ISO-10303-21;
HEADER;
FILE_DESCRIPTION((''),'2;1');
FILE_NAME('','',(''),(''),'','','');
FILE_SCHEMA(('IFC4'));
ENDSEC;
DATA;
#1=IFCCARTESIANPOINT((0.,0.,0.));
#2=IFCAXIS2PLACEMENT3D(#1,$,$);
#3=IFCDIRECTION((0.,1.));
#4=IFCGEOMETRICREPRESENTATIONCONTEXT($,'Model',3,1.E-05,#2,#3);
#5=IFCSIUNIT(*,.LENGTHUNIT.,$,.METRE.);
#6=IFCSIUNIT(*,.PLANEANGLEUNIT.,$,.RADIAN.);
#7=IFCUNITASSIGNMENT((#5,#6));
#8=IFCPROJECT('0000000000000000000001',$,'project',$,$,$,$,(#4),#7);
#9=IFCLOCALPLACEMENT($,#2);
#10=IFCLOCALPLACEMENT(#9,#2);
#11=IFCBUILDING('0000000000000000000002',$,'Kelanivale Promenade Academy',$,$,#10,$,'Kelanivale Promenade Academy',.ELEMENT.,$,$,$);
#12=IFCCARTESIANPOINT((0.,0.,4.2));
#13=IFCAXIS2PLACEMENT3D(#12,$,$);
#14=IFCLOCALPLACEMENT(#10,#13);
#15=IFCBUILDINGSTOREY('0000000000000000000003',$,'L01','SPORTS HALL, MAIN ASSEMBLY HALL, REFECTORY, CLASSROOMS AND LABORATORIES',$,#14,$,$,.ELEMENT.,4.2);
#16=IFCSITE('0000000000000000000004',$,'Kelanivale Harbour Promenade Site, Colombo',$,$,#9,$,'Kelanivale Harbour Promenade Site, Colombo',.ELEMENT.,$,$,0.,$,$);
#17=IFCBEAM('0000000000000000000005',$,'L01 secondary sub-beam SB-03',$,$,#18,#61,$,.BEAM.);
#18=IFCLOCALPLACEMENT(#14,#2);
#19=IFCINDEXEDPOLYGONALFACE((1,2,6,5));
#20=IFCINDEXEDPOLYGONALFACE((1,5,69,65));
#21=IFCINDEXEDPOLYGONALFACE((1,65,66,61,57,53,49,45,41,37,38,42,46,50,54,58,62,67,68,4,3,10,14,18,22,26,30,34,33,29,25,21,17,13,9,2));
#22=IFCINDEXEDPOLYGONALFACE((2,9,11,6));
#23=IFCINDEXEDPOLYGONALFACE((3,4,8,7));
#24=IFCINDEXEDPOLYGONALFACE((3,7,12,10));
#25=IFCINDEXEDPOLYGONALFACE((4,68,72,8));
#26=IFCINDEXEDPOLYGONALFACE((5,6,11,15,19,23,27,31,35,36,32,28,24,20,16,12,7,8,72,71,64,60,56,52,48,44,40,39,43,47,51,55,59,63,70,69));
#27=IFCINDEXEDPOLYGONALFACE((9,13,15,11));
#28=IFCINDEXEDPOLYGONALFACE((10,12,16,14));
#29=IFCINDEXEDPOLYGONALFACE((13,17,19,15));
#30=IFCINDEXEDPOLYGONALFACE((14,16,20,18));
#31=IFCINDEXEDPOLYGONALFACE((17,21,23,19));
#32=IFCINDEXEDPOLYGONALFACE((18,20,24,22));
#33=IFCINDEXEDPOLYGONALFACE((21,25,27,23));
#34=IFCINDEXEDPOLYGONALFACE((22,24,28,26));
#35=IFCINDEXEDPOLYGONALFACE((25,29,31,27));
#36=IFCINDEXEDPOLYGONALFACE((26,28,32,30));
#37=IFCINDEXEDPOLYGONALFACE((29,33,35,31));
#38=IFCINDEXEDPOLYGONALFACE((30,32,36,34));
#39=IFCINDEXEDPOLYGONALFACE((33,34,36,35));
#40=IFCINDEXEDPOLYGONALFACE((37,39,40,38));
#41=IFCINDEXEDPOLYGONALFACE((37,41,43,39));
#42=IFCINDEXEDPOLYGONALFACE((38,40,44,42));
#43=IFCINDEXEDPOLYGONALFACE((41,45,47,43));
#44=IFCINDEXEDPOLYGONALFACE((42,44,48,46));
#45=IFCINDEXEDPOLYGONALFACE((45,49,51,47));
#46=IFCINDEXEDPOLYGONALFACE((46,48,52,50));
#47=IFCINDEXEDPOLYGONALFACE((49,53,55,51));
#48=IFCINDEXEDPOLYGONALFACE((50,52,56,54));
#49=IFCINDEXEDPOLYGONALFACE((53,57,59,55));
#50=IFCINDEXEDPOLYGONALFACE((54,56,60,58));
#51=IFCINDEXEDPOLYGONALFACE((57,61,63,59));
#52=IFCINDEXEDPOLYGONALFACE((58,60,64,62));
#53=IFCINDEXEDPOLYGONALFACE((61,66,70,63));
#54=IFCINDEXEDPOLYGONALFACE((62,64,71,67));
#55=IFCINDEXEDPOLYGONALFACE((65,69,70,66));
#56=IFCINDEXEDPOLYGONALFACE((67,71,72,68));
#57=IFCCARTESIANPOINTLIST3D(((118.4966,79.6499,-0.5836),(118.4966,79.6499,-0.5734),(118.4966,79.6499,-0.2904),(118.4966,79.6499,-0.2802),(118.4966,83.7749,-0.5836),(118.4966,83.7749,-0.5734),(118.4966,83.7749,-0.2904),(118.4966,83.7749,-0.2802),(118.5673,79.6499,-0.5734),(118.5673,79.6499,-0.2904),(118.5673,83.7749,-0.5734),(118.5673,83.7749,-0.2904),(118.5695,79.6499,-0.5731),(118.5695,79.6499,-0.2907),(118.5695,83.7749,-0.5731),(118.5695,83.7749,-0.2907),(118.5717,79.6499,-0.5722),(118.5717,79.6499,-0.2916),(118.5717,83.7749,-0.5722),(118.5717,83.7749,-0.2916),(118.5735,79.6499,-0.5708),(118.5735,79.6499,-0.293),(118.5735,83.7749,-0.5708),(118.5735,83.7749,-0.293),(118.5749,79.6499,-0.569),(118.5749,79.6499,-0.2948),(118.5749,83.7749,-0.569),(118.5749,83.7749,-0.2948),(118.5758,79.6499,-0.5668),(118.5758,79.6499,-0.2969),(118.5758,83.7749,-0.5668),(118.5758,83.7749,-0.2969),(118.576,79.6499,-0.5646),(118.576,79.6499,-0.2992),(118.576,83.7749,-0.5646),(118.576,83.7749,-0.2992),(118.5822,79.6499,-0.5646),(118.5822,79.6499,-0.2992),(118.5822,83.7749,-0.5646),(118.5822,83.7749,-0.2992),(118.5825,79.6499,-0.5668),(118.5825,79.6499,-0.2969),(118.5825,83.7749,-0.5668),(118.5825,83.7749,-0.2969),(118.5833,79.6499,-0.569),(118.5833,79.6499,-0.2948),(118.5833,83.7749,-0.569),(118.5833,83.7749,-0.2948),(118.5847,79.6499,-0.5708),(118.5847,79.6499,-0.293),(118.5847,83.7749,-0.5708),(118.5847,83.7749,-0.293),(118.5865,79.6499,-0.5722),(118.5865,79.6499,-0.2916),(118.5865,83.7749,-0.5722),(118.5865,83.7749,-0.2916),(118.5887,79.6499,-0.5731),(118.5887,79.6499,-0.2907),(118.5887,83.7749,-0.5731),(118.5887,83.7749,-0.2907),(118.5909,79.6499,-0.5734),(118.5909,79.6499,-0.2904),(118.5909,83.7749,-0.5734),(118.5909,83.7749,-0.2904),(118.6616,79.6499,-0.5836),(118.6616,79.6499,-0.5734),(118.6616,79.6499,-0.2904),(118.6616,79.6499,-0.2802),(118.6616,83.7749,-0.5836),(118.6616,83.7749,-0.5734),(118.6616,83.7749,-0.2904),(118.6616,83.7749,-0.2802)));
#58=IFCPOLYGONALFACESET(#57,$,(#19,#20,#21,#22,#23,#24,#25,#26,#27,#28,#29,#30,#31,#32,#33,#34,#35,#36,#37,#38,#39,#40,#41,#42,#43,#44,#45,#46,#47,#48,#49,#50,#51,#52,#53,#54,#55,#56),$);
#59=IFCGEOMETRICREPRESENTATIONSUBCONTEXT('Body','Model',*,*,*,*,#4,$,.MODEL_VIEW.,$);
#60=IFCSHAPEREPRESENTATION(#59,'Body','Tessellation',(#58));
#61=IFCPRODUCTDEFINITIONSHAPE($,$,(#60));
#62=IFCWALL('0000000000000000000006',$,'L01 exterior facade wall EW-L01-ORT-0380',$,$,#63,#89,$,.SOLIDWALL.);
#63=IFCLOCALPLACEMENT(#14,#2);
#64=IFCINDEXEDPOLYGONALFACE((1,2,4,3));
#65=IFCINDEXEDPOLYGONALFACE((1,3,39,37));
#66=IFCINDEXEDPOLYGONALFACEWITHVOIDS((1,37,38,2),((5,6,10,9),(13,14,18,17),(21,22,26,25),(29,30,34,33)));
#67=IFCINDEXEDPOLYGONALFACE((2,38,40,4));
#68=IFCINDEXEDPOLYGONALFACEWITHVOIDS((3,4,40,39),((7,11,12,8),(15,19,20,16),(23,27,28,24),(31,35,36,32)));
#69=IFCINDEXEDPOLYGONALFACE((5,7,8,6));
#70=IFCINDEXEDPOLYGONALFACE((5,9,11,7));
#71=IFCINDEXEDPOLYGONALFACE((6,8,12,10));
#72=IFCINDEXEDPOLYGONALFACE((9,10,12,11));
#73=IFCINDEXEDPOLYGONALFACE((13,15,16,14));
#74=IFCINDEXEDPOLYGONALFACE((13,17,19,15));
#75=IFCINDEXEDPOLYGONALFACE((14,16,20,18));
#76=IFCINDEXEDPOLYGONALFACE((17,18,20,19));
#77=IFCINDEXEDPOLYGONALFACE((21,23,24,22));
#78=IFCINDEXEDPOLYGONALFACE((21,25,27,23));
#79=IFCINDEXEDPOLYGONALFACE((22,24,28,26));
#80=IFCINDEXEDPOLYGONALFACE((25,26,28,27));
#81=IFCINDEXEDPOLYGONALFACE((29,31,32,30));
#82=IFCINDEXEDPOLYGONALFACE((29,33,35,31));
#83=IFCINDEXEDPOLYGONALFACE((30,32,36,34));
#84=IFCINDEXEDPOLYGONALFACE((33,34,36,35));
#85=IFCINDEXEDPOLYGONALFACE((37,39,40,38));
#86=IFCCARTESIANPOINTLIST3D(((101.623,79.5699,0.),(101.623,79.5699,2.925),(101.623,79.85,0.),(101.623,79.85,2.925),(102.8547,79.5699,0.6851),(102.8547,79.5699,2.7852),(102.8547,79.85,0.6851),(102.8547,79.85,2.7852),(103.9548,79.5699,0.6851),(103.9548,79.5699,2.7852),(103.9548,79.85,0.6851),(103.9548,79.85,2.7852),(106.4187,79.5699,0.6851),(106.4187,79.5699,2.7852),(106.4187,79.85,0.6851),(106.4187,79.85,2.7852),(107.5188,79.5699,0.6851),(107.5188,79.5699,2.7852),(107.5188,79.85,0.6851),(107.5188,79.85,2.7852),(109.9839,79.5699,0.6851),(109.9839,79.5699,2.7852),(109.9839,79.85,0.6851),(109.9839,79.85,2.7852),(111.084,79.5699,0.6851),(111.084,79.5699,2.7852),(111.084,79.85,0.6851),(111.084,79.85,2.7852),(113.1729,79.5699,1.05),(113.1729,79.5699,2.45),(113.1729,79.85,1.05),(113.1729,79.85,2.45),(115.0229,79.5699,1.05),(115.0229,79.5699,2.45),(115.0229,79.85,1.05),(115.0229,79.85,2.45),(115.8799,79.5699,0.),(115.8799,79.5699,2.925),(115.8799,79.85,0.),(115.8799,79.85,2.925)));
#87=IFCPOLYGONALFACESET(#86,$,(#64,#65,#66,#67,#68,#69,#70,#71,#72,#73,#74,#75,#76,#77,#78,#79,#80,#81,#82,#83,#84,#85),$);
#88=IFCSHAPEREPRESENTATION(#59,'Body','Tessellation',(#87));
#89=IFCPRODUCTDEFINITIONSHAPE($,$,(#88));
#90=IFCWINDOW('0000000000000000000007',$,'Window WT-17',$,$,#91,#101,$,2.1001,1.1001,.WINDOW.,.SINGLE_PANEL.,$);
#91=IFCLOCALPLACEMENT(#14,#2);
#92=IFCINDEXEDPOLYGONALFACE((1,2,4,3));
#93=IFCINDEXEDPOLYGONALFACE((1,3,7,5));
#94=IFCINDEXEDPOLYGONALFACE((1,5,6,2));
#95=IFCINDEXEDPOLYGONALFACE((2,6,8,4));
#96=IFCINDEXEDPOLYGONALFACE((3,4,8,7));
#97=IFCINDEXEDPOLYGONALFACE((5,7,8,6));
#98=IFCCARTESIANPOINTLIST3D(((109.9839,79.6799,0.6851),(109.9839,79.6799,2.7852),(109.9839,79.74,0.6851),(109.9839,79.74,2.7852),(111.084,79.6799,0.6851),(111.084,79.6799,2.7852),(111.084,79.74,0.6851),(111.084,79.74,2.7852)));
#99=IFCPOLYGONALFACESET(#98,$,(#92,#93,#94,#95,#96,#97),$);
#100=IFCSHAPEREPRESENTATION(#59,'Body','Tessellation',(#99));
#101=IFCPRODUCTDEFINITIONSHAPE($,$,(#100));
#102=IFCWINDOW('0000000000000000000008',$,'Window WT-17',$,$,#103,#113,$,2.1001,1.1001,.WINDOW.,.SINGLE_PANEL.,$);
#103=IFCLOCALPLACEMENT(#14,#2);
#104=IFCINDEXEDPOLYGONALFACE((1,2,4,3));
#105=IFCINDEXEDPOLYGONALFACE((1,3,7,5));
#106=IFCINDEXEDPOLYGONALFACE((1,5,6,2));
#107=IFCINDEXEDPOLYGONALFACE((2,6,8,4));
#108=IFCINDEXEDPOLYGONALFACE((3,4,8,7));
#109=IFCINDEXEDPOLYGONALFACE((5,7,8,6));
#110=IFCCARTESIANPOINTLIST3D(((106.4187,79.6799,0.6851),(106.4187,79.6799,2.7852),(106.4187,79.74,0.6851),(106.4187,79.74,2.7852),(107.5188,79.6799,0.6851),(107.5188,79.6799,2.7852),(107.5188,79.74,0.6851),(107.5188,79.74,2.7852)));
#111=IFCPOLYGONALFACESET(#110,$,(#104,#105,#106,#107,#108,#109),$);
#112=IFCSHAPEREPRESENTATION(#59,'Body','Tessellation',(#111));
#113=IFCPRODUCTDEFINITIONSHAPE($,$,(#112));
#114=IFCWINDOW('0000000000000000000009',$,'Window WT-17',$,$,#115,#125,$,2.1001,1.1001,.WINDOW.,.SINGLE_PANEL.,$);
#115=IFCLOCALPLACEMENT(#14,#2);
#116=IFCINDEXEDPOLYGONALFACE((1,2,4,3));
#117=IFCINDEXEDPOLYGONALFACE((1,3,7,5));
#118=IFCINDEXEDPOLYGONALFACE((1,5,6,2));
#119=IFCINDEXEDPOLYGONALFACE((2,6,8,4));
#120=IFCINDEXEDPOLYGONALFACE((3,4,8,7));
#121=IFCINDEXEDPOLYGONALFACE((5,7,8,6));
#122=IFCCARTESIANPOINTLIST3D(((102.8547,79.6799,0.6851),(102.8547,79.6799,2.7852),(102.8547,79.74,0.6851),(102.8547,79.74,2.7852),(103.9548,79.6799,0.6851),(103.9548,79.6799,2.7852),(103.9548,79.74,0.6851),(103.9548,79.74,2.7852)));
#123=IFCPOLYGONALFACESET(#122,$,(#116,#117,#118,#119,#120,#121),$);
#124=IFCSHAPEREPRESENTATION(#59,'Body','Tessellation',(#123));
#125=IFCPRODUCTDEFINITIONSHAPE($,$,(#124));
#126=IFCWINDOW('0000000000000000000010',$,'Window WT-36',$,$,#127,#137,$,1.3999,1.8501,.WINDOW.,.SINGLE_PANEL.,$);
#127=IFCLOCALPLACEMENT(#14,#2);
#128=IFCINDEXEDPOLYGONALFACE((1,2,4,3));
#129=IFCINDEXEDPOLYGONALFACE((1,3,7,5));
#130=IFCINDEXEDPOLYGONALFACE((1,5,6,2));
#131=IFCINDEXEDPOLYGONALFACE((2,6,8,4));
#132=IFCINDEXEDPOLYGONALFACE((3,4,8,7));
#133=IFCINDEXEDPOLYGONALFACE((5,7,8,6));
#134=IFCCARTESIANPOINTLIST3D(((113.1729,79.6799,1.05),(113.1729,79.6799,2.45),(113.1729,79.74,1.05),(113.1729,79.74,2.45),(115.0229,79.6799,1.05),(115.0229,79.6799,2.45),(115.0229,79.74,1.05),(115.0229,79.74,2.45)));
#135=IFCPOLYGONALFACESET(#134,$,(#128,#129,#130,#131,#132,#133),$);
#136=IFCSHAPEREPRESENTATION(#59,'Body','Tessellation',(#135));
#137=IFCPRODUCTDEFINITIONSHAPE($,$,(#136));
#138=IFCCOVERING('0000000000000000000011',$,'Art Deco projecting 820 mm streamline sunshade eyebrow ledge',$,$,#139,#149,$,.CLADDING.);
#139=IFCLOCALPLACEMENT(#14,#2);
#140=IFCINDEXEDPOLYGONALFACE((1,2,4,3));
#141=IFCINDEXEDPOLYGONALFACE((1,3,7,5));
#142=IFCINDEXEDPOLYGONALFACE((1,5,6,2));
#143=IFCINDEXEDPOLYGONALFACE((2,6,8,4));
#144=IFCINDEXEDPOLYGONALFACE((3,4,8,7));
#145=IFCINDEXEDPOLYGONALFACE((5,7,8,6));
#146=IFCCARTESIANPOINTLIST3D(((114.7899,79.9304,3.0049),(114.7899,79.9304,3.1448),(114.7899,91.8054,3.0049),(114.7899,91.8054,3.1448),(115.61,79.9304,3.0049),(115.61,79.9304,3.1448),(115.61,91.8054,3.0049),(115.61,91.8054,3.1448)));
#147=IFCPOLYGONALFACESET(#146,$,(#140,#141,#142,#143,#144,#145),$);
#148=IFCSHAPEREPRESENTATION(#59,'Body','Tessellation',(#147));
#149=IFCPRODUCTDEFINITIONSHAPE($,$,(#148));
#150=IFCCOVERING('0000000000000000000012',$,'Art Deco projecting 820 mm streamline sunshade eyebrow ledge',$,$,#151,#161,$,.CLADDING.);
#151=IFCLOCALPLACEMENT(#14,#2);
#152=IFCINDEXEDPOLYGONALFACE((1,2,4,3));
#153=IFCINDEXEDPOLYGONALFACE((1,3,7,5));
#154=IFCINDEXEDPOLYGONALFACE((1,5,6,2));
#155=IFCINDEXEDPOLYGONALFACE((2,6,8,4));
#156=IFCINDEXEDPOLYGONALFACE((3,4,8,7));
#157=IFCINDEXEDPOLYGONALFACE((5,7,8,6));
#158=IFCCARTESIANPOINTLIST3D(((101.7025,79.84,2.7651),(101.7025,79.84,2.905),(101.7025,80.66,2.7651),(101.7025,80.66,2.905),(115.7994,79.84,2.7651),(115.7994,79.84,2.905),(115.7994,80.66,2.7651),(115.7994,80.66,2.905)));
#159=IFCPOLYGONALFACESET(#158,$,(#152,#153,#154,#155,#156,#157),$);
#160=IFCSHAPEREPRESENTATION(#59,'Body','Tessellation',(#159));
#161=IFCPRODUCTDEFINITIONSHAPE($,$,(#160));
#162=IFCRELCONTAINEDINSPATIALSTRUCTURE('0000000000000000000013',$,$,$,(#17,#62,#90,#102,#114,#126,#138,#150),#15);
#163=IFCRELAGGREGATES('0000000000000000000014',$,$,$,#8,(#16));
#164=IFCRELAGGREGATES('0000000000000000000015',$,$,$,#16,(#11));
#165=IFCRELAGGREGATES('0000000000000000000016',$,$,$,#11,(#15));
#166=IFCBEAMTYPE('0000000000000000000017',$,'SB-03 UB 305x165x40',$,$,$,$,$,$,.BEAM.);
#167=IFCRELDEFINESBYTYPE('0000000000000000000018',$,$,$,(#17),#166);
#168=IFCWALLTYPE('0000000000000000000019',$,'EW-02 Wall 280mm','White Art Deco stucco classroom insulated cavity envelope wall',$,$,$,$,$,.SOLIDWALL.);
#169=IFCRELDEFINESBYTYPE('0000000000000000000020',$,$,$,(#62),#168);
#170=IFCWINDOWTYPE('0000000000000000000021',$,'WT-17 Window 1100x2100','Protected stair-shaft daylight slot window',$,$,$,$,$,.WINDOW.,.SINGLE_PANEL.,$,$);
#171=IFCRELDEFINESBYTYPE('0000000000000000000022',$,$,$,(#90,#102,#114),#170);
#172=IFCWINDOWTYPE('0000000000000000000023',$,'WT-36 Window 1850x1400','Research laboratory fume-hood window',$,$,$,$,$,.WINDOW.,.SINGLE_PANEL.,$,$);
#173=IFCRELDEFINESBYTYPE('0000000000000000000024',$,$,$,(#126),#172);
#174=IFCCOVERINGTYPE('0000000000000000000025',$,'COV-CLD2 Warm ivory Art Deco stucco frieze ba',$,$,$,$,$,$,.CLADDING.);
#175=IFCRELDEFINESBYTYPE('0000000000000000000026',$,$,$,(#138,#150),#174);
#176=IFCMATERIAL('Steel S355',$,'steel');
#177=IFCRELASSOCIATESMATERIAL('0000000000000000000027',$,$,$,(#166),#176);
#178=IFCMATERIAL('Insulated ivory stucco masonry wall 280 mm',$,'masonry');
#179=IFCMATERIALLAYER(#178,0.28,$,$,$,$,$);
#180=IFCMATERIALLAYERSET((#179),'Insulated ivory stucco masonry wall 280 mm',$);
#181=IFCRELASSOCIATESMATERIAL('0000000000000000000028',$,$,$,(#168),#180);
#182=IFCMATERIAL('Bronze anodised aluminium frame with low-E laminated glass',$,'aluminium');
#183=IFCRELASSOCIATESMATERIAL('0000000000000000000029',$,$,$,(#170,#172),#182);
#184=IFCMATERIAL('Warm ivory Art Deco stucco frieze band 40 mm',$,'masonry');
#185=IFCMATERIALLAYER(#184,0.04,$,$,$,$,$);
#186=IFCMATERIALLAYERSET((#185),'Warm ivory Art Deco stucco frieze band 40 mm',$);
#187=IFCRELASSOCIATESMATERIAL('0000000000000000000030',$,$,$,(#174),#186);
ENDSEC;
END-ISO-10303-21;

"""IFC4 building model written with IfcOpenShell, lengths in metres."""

from ifc_helpers import new_model, si_unit, direction, frame, frame_2d, origin, origin_2d, place, context, subcontext, project, spatial, rectangle, i_section, extrude, material, layer, layer_set, material_profile, profile_set, type_object, element, fill, save


model = new_model("IFC4")

# Units and contexts
model_context = context("Model", 3, precision=1e-05, world=origin(), true_north=direction((0.0, 1.0)))
body_context = subcontext(model_context, "Body", "Model", "MODEL_VIEW")
ifc_project = project(units=[si_unit("LENGTHUNIT", "METRE"), si_unit("PLANEANGLEUNIT", "RADIAN")], contexts=[model_context])

# Site, building, storey
site_placement = place(None, origin())
site = spatial("IfcSite", under=ifc_project, at=site_placement, Name="Kelanivale Harbour Promenade Site, Colombo", LongName="Kelanivale Harbour Promenade Site, Colombo", CompositionType="ELEMENT", RefElevation=0.0)
building_placement = place(site_placement, origin())
building = spatial("IfcBuilding", under=site, at=building_placement, Name="Kelanivale Promenade Academy", LongName="Kelanivale Promenade Academy", CompositionType="ELEMENT")
storey_placement = place(building_placement, frame((0.0, 0.0, 4.2)))
storey = spatial("IfcBuildingStorey", under=building, at=storey_placement, Name="L01", Description="SPORTS HALL, MAIN ASSEMBLY HALL, REFECTORY, CLASSROOMS AND LABORATORIES", CompositionType="ELEMENT", Elevation=4.2)

# Beam
ifc_material_1 = material(Name="Steel S355", Category="steel")
ifc_material_profile_1 = material_profile(ifc_material_1, i_section(OverallWidth=0.165, OverallDepth=0.3035, WebThickness=0.0061, FlangeThickness=0.0103, FilletRadius=0.0088, at=origin_2d()), Name="UB 305x165x40")
ifc_profile_set_1 = profile_set([ifc_material_profile_1], Name="Steel S355")
beam_type_1 = type_object("IfcBeamType", Name="SB-03 UB 305x165x40", PredefinedType="BEAM", material=ifc_profile_set_1)
beam_1_placement = place(storey_placement, frame((118.5791, 79.6499, -0.4319), z_axis=(0.0, 1.0, 0.0), x_axis=(-1.0, 0.0, 0.0)))
element("IfcBeam", 1, at=beam_1_placement, inside=storey, type_object=beam_type_1, Name="L01 secondary sub-beam SB-03", PredefinedType="BEAM", context=body_context, shape_type="SweptSolid", body=[
    extrude(i_section(OverallWidth=0.165, OverallDepth=0.3035, WebThickness=0.0061, FlangeThickness=0.0103, FilletRadius=0.0088, at=origin_2d()), origin(), (0.0, 0.0, 1.0), 4.125),
])

# Wall, openings, windows
ifc_material_2 = material(Name="Insulated ivory stucco masonry wall 280 mm", Category="masonry")
ifc_layer_1 = layer(ifc_material_2, 0.28)
ifc_layer_set_1 = layer_set([ifc_layer_1], Name="Insulated ivory stucco masonry wall 280 mm")
wall_type = type_object("IfcWallType", Name="EW-02 Wall 280mm", Description="White Art Deco stucco classroom insulated cavity envelope wall", PredefinedType="SOLIDWALL", material=ifc_layer_set_1)
wall_placement = place(storey_placement, frame((115.8799, 79.71, 0.0), z_axis=(0.0, 0.0, 1.0), x_axis=(-1.0, 0.0, 0.0)))
wall = element("IfcWall", 2, at=wall_placement, inside=storey, type_object=wall_type, Name="L01 exterior facade wall EW-L01-ORT-0380", PredefinedType="SOLIDWALL", context=body_context, shape_type="SweptSolid", body=[
    extrude(rectangle(XDim=14.2568, YDim=0.28, at=frame_2d((7.1284, 0.0))), origin(), (0.0, 0.0, 1.0), 2.925),
])
opening_1_placement = place(wall_placement, frame((0.8569, 0.0, 1.05)))
opening_1 = element("IfcOpeningElement", 3, at=opening_1_placement, cuts=wall, PredefinedType="OPENING", context=body_context, shape_type="SweptSolid", body=[
    extrude(rectangle(XDim=1.8501, YDim=1.3999, at=frame_2d((0.925, 0.7))), frame((0.0, 0.1499, 0.0), z_axis=(0.0, -1.0, 0.0), x_axis=(1.0, 0.0, 0.0)), (0.0, 0.0, 1.0), 0.3),
])
opening_2_placement = place(wall_placement, frame((4.7959, 0.0, 0.6851)))
opening_2 = element("IfcOpeningElement", 4, at=opening_2_placement, cuts=wall, PredefinedType="OPENING", context=body_context, shape_type="SweptSolid", body=[
    extrude(rectangle(XDim=1.1001, YDim=2.1001, at=frame_2d((0.55, 1.05))), frame((0.0, 0.1499, 0.0), z_axis=(0.0, -1.0, 0.0), x_axis=(1.0, 0.0, 0.0)), (0.0, 0.0, 1.0), 0.3),
])
opening_3_placement = place(wall_placement, frame((8.3611, 0.0, 0.6851)))
opening_3 = element("IfcOpeningElement", 5, at=opening_3_placement, cuts=wall, PredefinedType="OPENING", context=body_context, shape_type="SweptSolid", body=[
    extrude(rectangle(XDim=1.1001, YDim=2.1001, at=frame_2d((0.55, 1.05))), frame((0.0, 0.1499, 0.0), z_axis=(0.0, -1.0, 0.0), x_axis=(1.0, 0.0, 0.0)), (0.0, 0.0, 1.0), 0.3),
])
opening_4_placement = place(wall_placement, frame((11.925, 0.0, 0.6851)))
opening_4 = element("IfcOpeningElement", 6, at=opening_4_placement, cuts=wall, PredefinedType="OPENING", context=body_context, shape_type="SweptSolid", body=[
    extrude(rectangle(XDim=1.1001, YDim=2.1001, at=frame_2d((0.55, 1.05))), frame((0.0, 0.1499, 0.0), z_axis=(0.0, -1.0, 0.0), x_axis=(1.0, 0.0, 0.0)), (0.0, 0.0, 1.0), 0.3),
])
ifc_material_3 = material(Name="Bronze anodised aluminium frame with low-E laminated glass", Category="aluminium")
window_type_1 = type_object("IfcWindowType", Name="WT-17 Window 1100x2100", Description="Protected stair-shaft daylight slot window", PartitioningType="SINGLE_PANEL", PredefinedType="WINDOW", material=ifc_material_3)
window_1_placement = place(opening_2_placement, origin())
window_1 = element("IfcWindow", 7, at=window_1_placement, inside=storey, type_object=window_type_1, Name="Window WT-17", OverallHeight=2.1001, OverallWidth=1.1001, PartitioningType="SINGLE_PANEL", PredefinedType="WINDOW", context=body_context, shape_type="SweptSolid", body=[
    extrude(rectangle(XDim=1.1001, YDim=2.1001, at=frame_2d((0.55, 1.05))), frame((0.0, 0.03, 0.0), z_axis=(0.0, -1.0, 0.0), x_axis=(1.0, 0.0, 0.0)), (0.0, 0.0, 1.0), 0.0601),
])
fill(opening_2, window_1)
window_2_placement = place(opening_3_placement, origin())
window_2 = element("IfcWindow", 8, at=window_2_placement, inside=storey, type_object=window_type_1, Name="Window WT-17", OverallHeight=2.1001, OverallWidth=1.1001, PartitioningType="SINGLE_PANEL", PredefinedType="WINDOW", context=body_context, shape_type="SweptSolid", body=[
    extrude(rectangle(XDim=1.1001, YDim=2.1001, at=frame_2d((0.55, 1.05))), frame((0.0, 0.03, 0.0), z_axis=(0.0, -1.0, 0.0), x_axis=(1.0, 0.0, 0.0)), (0.0, 0.0, 1.0), 0.0601),
])
fill(opening_3, window_2)
window_3_placement = place(opening_4_placement, origin())
window_3 = element("IfcWindow", 9, at=window_3_placement, inside=storey, type_object=window_type_1, Name="Window WT-17", OverallHeight=2.1001, OverallWidth=1.1001, PartitioningType="SINGLE_PANEL", PredefinedType="WINDOW", context=body_context, shape_type="SweptSolid", body=[
    extrude(rectangle(XDim=1.1001, YDim=2.1001, at=frame_2d((0.55, 1.05))), frame((0.0, 0.03, 0.0), z_axis=(0.0, -1.0, 0.0), x_axis=(1.0, 0.0, 0.0)), (0.0, 0.0, 1.0), 0.0601),
])
fill(opening_4, window_3)
window_type_2 = type_object("IfcWindowType", Name="WT-36 Window 1850x1400", Description="Research laboratory fume-hood window", PartitioningType="SINGLE_PANEL", PredefinedType="WINDOW", material=ifc_material_3)
window_4_placement = place(opening_1_placement, origin())
window_4 = element("IfcWindow", 10, at=window_4_placement, inside=storey, type_object=window_type_2, Name="Window WT-36", OverallHeight=1.3999, OverallWidth=1.8501, PartitioningType="SINGLE_PANEL", PredefinedType="WINDOW", context=body_context, shape_type="SweptSolid", body=[
    extrude(rectangle(XDim=1.8501, YDim=1.3999, at=frame_2d((0.925, 0.7))), frame((0.0, 0.03, 0.0), z_axis=(0.0, -1.0, 0.0), x_axis=(1.0, 0.0, 0.0)), (0.0, 0.0, 1.0), 0.0601),
])
fill(opening_1, window_4)

# Coverings
ifc_material_4 = material(Name="Warm ivory Art Deco stucco frieze band 40 mm", Category="masonry")
ifc_layer_2 = layer(ifc_material_4, 0.04)
ifc_layer_set_2 = layer_set([ifc_layer_2], Name="Warm ivory Art Deco stucco frieze band 40 mm")
covering_type = type_object("IfcCoveringType", Name="COV-CLD2 Warm ivory Art Deco stucco frieze ba", PredefinedType="CLADDING", material=ifc_layer_set_2)
covering_1_placement = place(storey_placement, frame((115.2, 85.8679, 3.0049), z_axis=(0.0, 0.0, 1.0), x_axis=(0.0, -1.0, 0.0)))
element("IfcCovering", 11, at=covering_1_placement, inside=storey, type_object=covering_type, Name="Art Deco projecting 820 mm streamline sunshade eyebrow ledge", PredefinedType="CLADDING", context=body_context, shape_type="SweptSolid", body=[
    extrude(rectangle(XDim=11.875, YDim=0.8201, at=origin_2d()), origin(), (0.0, 0.0, 1.0), 0.1399),
])
covering_2_placement = place(storey_placement, frame((108.751, 80.25, 2.7651), z_axis=(0.0, 0.0, 1.0), x_axis=(-1.0, 0.0, 0.0)))
element("IfcCovering", 12, at=covering_2_placement, inside=storey, type_object=covering_type, Name="Art Deco projecting 820 mm streamline sunshade eyebrow ledge", PredefinedType="CLADDING", context=body_context, shape_type="SweptSolid", body=[
    extrude(rectangle(XDim=14.0969, YDim=0.8201, at=origin_2d()), origin(), (0.0, 0.0, 1.0), 0.1399),
])

save(model, "model.ifc")
